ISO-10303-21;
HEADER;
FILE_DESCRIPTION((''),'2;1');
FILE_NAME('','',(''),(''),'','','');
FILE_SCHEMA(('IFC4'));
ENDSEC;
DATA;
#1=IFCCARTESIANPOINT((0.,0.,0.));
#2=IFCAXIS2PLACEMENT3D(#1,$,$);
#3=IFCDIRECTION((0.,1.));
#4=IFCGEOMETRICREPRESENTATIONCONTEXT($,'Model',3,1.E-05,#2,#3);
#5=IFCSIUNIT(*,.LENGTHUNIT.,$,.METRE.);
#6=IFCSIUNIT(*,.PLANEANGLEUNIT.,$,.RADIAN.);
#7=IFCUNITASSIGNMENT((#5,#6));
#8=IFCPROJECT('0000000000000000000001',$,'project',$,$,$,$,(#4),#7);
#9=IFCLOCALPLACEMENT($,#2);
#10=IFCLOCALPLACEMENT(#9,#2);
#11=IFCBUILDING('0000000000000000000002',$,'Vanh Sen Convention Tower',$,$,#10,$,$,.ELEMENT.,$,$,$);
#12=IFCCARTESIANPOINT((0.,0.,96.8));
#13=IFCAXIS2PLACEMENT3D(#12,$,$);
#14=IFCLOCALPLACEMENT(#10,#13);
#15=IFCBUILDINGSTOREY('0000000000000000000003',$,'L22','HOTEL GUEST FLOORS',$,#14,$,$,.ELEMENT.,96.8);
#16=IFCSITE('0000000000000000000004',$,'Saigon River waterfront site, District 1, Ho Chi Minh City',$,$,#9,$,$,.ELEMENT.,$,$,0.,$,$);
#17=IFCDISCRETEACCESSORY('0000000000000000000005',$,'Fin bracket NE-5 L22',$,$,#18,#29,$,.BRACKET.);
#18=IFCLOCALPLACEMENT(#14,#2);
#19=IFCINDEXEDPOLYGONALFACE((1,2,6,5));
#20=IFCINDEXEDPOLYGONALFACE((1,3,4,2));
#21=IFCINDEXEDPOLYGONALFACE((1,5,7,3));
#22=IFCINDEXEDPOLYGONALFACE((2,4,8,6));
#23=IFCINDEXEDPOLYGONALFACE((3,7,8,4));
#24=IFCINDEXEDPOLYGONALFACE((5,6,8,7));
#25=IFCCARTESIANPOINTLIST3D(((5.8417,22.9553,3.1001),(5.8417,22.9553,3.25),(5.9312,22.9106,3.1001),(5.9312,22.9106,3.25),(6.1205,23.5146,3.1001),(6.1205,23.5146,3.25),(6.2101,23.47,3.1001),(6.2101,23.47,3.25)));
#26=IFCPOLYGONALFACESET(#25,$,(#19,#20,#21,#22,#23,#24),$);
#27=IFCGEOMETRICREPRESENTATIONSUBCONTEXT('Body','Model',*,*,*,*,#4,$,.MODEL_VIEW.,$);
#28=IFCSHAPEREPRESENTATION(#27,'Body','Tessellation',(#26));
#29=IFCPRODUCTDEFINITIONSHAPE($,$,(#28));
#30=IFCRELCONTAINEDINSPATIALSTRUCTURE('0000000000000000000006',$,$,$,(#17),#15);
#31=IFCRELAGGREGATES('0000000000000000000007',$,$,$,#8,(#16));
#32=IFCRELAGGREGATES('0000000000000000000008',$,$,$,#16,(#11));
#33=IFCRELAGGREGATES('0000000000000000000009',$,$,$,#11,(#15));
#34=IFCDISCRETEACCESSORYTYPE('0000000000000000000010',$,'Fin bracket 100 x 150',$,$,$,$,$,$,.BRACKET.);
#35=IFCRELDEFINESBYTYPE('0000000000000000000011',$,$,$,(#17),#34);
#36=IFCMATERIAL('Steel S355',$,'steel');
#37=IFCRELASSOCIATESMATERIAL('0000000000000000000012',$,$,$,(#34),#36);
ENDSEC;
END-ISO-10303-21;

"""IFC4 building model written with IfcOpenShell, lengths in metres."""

from ifc_helpers import new_model, si_unit, direction, frame, origin, origin_2d, place, context, subcontext, project, spatial, rectangle, extrude, material, type_object, element, save


model = new_model("IFC4")

# Units and contexts
model_context = context("Model", 3, precision=1e-05, world=origin(), true_north=direction((0.0, 1.0)))
body_context = subcontext(model_context, "Body", "Model", "MODEL_VIEW")
ifc_project = project(units=[si_unit("LENGTHUNIT", "METRE"), si_unit("PLANEANGLEUNIT", "RADIAN")], contexts=[model_context])

# Site, building, storey
site_placement = place(None, origin())
site = spatial("IfcSite", under=ifc_project, at=site_placement, Name="Saigon River waterfront site, District 1, Ho Chi Minh City", CompositionType="ELEMENT", RefElevation=0.0)
building_placement = place(site_placement, origin())
building = spatial("IfcBuilding", under=site, at=building_placement, Name="Vanh Sen Convention Tower", CompositionType="ELEMENT")
storey_placement = place(building_placement, frame((0.0, 0.0, 96.8)))
storey = spatial("IfcBuildingStorey", under=building, at=storey_placement, Name="L22", Description="HOTEL GUEST FLOORS", CompositionType="ELEMENT", Elevation=96.8)

# Discrete accessory
ifc_material_1 = material(Name="Steel S355", Category="steel")
discrete_accessory_type = type_object("IfcDiscreteAccessoryType", Name="Fin bracket 100 x 150", PredefinedType="BRACKET", material=ifc_material_1)
discrete_accessory_placement = place(storey_placement, frame((6.0259, 23.2126, 3.1001), z_axis=(0.0, 0.0, 1.0), x_axis=(0.446198, 0.894934, 0.0)))
element("IfcDiscreteAccessory", 1, at=discrete_accessory_placement, inside=storey, type_object=discrete_accessory_type, Name="Fin bracket NE-5 L22", PredefinedType="BRACKET", context=body_context, shape_type="SweptSolid", body=[
    extrude(rectangle(XDim=0.625, YDim=0.1001, at=origin_2d()), origin(), (0.0, 0.0, 1.0), 0.1499),
])

save(model, "model.ifc")
